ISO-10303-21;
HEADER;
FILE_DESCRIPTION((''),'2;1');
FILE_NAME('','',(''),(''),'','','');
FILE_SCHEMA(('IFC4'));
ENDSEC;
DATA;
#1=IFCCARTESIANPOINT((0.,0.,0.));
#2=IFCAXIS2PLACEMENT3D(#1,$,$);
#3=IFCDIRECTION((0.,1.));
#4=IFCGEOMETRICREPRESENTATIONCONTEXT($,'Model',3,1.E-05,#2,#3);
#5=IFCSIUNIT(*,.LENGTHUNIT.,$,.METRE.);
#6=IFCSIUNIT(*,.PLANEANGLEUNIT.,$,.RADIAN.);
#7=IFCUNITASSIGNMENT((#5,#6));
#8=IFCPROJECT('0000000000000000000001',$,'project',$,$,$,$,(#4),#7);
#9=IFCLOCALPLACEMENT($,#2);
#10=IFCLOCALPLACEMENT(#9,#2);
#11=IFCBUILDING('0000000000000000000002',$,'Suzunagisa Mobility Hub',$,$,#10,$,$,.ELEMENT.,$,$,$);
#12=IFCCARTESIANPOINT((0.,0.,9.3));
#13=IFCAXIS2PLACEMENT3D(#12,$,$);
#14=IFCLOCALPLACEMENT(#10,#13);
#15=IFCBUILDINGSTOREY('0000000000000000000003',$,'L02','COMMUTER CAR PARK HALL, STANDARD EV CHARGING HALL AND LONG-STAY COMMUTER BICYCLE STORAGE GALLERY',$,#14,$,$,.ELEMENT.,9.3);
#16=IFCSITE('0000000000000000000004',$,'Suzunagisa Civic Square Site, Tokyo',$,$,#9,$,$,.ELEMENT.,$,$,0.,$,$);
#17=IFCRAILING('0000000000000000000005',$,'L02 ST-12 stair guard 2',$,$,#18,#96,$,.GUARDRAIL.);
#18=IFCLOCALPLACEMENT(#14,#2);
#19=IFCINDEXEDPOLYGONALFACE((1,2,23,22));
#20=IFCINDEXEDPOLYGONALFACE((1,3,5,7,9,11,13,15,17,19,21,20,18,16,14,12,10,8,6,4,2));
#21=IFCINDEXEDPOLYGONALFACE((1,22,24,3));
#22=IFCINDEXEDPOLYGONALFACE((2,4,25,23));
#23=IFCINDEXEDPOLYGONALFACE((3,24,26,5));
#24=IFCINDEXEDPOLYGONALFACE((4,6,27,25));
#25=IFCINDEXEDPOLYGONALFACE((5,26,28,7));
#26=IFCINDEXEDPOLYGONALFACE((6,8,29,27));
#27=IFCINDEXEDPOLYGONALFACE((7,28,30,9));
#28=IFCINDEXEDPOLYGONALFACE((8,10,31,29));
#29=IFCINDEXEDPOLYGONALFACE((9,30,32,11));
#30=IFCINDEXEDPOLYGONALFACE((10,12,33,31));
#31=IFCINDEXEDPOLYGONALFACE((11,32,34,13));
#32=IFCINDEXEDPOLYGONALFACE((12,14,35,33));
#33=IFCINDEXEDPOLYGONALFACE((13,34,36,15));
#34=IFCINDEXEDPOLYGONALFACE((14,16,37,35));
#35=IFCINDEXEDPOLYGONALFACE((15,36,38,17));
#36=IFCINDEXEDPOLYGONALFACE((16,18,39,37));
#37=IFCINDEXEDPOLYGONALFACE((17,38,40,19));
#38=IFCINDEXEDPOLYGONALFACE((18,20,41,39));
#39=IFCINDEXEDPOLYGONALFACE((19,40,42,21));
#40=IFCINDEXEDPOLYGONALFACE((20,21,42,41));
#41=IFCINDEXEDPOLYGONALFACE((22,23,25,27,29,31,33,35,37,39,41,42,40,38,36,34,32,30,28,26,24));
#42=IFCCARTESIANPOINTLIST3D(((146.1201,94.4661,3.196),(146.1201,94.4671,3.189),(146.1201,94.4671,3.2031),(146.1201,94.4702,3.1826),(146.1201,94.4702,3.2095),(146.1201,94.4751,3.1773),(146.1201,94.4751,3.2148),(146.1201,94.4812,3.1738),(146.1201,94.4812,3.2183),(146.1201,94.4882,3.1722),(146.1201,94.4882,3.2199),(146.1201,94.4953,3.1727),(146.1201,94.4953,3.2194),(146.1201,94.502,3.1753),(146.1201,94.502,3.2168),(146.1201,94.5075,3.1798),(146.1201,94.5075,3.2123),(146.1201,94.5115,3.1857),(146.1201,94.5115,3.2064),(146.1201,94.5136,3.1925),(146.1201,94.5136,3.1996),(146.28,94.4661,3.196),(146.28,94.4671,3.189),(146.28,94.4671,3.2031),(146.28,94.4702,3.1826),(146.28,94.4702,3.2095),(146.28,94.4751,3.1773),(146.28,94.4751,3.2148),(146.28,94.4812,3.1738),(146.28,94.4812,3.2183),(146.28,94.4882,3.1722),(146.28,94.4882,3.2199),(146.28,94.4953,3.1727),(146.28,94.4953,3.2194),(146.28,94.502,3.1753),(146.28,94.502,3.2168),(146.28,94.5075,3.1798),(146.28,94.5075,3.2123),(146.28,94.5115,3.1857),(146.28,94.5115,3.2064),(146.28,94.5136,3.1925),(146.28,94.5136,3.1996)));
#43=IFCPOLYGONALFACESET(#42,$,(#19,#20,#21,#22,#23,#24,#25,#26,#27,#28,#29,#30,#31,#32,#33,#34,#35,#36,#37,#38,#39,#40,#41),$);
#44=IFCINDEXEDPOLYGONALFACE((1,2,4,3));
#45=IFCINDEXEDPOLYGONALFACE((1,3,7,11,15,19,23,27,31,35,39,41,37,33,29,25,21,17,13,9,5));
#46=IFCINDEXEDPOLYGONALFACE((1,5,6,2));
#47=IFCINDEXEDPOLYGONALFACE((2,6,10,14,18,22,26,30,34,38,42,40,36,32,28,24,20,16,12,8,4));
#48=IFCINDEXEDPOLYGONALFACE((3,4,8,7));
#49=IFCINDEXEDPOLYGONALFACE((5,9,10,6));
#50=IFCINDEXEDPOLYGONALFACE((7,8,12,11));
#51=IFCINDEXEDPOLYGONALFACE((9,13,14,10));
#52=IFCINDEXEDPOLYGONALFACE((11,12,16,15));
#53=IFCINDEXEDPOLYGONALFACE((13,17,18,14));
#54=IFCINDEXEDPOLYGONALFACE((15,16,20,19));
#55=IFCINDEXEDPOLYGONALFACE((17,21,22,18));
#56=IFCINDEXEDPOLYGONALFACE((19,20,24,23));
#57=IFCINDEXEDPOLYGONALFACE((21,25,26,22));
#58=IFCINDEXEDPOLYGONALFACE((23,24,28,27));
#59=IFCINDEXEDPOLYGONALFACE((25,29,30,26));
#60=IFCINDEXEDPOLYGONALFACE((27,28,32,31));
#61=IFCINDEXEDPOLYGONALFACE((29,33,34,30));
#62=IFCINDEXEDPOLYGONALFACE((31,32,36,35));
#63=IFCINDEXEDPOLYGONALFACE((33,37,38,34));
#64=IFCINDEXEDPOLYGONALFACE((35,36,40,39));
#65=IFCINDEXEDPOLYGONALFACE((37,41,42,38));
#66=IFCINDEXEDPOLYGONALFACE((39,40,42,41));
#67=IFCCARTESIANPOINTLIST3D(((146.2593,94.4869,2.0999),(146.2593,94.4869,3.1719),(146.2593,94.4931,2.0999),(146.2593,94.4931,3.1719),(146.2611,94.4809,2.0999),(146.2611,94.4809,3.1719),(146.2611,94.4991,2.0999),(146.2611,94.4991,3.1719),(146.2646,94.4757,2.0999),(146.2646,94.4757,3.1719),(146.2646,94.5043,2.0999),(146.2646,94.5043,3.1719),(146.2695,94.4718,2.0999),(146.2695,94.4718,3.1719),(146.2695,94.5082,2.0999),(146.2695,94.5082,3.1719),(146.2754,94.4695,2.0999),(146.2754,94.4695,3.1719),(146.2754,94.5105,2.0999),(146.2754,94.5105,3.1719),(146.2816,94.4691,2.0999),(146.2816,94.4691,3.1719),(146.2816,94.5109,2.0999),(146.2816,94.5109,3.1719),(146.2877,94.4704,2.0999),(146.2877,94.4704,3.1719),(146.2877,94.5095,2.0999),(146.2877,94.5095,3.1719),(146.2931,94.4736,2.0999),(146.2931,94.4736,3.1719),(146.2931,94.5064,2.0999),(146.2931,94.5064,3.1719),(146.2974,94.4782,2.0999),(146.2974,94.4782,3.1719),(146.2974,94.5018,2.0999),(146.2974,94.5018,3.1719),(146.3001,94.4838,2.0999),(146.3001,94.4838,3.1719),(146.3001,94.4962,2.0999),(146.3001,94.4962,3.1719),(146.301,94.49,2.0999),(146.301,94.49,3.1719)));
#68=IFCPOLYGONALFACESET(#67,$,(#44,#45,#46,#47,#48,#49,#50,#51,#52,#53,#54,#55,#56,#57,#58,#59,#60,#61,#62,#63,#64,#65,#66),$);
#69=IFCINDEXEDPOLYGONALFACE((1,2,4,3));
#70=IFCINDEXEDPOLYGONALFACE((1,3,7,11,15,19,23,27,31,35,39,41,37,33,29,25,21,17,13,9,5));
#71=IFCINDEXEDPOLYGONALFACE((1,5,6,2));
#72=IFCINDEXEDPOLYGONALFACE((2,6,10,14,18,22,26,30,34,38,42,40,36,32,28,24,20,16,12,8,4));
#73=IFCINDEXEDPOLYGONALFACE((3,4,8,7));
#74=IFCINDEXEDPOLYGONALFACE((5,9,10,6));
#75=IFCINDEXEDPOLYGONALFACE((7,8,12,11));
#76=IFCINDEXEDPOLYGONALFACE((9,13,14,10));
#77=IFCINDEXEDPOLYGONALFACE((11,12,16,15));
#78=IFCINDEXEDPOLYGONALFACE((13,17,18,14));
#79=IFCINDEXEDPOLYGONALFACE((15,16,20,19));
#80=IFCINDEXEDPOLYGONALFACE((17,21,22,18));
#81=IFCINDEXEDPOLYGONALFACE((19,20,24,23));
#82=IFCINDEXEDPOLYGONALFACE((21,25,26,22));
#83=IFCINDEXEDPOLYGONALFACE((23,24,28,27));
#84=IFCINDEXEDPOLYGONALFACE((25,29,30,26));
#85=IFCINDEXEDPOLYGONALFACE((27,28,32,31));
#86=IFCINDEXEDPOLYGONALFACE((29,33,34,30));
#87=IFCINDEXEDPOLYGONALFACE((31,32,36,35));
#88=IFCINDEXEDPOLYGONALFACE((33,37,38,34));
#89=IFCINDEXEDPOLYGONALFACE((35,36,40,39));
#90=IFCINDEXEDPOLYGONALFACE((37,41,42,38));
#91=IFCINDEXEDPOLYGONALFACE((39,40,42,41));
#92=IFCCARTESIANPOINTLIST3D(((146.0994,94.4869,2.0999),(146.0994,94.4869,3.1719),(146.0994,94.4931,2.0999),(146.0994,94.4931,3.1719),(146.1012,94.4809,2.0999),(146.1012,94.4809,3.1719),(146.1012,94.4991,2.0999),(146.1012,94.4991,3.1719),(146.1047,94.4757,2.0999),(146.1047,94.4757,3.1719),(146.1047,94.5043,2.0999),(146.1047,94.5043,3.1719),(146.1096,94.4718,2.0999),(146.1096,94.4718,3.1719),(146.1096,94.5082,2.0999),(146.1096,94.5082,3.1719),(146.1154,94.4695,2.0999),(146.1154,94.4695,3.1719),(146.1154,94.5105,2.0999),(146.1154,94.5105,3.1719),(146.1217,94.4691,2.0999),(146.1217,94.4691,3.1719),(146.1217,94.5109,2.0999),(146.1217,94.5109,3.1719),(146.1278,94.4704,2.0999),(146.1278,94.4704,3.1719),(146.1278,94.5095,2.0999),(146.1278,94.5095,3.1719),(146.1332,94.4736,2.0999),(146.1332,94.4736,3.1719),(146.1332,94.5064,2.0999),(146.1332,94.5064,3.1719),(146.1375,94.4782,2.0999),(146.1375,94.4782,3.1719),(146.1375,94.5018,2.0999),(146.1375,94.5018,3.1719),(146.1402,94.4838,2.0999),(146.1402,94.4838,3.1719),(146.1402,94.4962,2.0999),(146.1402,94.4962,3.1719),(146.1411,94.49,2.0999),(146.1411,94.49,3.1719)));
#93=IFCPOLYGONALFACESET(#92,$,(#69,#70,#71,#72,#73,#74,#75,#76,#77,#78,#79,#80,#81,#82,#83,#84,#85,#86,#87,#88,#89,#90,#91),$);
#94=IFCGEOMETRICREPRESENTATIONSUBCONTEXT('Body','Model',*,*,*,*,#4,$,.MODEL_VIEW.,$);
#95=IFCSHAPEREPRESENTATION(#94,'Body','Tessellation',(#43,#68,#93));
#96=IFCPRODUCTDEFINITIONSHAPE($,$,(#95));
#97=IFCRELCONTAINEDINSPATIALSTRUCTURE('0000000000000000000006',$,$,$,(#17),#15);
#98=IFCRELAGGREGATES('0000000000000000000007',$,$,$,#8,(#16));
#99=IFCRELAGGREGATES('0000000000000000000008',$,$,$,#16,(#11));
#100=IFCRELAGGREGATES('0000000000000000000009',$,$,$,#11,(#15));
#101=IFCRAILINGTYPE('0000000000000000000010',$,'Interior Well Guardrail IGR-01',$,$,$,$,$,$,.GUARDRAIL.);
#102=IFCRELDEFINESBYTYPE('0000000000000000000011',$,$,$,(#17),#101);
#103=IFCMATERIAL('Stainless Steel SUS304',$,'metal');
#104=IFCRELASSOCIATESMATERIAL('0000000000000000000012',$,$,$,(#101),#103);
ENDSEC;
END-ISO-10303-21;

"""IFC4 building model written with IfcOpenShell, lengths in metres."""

from ifc_helpers import new_model, si_unit, direction, frame, origin, origin_2d, place, context, subcontext, project, spatial, circle, extrude, material, type_object, element, save


model = new_model("IFC4")

# Units and contexts
model_context = context("Model", 3, precision=1e-05, world=origin(), true_north=direction((0.0, 1.0)))
body_context = subcontext(model_context, "Body", "Model", "MODEL_VIEW")
ifc_project = project(units=[si_unit("LENGTHUNIT", "METRE"), si_unit("PLANEANGLEUNIT", "RADIAN")], contexts=[model_context])

# Site, building, storey
site_placement = place(None, origin())
site = spatial("IfcSite", under=ifc_project, at=site_placement, Name="Suzunagisa Civic Square Site, Tokyo", CompositionType="ELEMENT", RefElevation=0.0)
building_placement = place(site_placement, origin())
building = spatial("IfcBuilding", under=site, at=building_placement, Name="Suzunagisa Mobility Hub", CompositionType="ELEMENT")
storey_placement = place(building_placement, frame((0.0, 0.0, 9.3)))
storey = spatial("IfcBuildingStorey", under=building, at=storey_placement, Name="L02", Description="COMMUTER CAR PARK HALL, STANDARD EV CHARGING HALL AND LONG-STAY COMMUTER BICYCLE STORAGE GALLERY", CompositionType="ELEMENT", Elevation=9.3)

# Railing
ifc_material_1 = material(Name="Stainless Steel SUS304", Category="metal")
railing_type_1 = type_object("IfcRailingType", Name="Interior Well Guardrail IGR-01", PredefinedType="GUARDRAIL", material=ifc_material_1)
railing_1_placement = place(storey_placement, frame((146.28, 94.49, 2.0999)))
element("IfcRailing", 1, at=railing_1_placement, inside=storey, type_object=railing_type_1, Name="L02 ST-12 stair guard 2", PredefinedType="GUARDRAIL", context=body_context, shape_type="SweptSolid", body=[
    extrude(circle(Radius=0.0239, at=origin_2d()), frame((0.0, 0.0, 1.0962), z_axis=(-1.0, 0.0, 0.0), x_axis=(0.0, -1.0, 0.0)), (0.0, 0.0, 1.0), 0.1599),
    extrude(circle(Radius=0.021, at=origin_2d()), origin(), (0.0, 0.0, 1.0), 1.072),
    extrude(circle(Radius=0.021, at=origin_2d()), frame((-0.1599, 0.0, 0.0)), (0.0, 0.0, 1.0), 1.072),
])

save(model, "model.ifc")
